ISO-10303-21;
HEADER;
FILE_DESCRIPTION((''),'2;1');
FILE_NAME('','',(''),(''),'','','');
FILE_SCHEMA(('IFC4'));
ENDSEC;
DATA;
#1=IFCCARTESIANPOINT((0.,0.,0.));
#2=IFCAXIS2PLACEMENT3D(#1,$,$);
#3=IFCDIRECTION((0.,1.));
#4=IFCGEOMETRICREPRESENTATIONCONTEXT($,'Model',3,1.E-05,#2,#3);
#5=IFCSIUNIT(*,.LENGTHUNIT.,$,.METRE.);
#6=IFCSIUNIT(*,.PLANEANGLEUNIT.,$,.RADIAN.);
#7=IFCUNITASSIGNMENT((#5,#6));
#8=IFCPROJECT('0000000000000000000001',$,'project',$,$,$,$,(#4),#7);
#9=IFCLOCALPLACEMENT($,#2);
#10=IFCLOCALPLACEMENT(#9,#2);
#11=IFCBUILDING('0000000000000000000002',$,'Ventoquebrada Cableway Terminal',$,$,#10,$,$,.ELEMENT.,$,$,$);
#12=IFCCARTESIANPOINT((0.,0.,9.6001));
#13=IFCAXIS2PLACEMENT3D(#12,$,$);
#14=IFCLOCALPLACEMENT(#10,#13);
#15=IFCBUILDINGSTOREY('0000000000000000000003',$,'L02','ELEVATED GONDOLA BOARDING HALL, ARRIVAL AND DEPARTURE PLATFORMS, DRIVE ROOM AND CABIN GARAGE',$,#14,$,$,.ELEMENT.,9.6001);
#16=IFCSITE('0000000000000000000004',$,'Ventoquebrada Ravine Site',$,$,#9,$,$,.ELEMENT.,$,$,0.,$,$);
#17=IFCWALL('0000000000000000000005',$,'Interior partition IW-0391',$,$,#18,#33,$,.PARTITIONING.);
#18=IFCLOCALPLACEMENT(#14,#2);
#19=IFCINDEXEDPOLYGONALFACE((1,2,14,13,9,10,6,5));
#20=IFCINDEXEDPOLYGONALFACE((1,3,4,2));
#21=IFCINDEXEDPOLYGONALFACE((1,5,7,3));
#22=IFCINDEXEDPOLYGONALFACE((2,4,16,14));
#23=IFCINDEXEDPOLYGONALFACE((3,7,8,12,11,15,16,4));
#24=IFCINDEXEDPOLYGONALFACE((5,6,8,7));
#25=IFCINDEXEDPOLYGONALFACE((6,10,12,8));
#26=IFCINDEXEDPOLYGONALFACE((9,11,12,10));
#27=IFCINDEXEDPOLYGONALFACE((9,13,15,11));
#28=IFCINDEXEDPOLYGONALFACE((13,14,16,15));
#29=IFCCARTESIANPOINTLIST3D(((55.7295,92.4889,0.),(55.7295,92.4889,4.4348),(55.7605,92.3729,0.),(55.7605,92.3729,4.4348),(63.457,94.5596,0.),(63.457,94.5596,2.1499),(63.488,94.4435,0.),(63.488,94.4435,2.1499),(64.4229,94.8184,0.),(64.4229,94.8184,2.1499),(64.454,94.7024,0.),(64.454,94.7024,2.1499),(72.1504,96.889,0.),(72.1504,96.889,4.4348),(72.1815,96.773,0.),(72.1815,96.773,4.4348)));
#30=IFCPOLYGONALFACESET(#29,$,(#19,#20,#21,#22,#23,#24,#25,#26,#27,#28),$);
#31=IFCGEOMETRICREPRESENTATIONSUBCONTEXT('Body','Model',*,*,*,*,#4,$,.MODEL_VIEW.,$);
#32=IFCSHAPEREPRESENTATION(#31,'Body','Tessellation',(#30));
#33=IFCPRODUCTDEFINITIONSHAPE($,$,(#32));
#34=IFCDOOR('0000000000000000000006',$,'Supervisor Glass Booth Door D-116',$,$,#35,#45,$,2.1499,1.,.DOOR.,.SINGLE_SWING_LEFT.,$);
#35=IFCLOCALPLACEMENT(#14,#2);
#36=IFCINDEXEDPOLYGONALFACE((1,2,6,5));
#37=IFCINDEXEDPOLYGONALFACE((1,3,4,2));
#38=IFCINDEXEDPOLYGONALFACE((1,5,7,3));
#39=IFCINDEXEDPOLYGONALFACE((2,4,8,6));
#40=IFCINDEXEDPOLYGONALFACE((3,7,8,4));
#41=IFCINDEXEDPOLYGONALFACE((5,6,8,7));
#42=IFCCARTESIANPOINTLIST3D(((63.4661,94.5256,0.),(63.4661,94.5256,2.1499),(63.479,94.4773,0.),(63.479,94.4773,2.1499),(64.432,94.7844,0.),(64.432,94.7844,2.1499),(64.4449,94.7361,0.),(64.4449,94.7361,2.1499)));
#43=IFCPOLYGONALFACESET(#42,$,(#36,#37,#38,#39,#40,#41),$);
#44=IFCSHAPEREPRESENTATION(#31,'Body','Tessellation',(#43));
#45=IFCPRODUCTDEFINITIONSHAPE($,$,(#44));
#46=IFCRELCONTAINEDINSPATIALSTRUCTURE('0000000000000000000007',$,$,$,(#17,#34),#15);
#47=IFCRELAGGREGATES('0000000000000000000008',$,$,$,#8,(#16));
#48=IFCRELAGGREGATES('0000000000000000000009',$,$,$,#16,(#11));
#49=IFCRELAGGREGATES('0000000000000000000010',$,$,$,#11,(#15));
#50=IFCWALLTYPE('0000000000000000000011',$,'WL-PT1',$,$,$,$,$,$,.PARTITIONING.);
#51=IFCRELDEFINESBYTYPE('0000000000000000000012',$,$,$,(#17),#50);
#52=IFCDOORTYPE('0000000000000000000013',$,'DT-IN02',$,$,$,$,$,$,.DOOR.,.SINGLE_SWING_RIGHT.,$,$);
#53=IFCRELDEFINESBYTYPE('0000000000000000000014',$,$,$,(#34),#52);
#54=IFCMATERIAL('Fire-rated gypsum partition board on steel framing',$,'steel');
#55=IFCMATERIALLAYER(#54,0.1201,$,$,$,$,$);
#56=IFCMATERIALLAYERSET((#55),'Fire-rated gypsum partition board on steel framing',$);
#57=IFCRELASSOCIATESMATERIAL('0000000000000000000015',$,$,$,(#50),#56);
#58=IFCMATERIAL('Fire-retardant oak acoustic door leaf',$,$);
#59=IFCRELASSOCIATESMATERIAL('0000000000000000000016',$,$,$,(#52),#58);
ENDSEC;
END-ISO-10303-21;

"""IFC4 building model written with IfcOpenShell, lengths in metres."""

from ifc_helpers import new_model, si_unit, direction, frame, frame_2d, origin, place, context, subcontext, project, spatial, rectangle, extrude, material, layer, layer_set, type_object, element, fill, save


model = new_model("IFC4")

# Units and contexts
model_context = context("Model", 3, precision=1e-05, world=origin(), true_north=direction((0.0, 1.0)))
body_context = subcontext(model_context, "Body", "Model", "MODEL_VIEW")
ifc_project = project(units=[si_unit("LENGTHUNIT", "METRE"), si_unit("PLANEANGLEUNIT", "RADIAN")], contexts=[model_context])

# Site, building, storey
site_placement = place(None, origin())
site = spatial("IfcSite", under=ifc_project, at=site_placement, Name="Ventoquebrada Ravine Site", CompositionType="ELEMENT", RefElevation=0.0)
building_placement = place(site_placement, origin())
building = spatial("IfcBuilding", under=site, at=building_placement, Name="Ventoquebrada Cableway Terminal", CompositionType="ELEMENT")
storey_placement = place(building_placement, frame((0.0, 0.0, 9.6001)))
storey = spatial("IfcBuildingStorey", under=building, at=storey_placement, Name="L02", Description="ELEVATED GONDOLA BOARDING HALL, ARRIVAL AND DEPARTURE PLATFORMS, DRIVE ROOM AND CABIN GARAGE", CompositionType="ELEMENT", Elevation=9.6001)

# Wall, opening, door
ifc_material_1 = material(Name="Fire-rated gypsum partition board on steel framing", Category="steel")
ifc_layer_1 = layer(ifc_material_1, 0.1201)
ifc_layer_set_1 = layer_set([ifc_layer_1], Name="Fire-rated gypsum partition board on steel framing")
wall_type = type_object("IfcWallType", Name="WL-PT1", PredefinedType="PARTITIONING", material=ifc_layer_set_1)
wall_placement = place(storey_placement, frame((55.7451, 92.4309, 0.0), z_axis=(0.0, 0.0, 1.0), x_axis=(0.965923, 0.258829, 0.0)))
wall = element("IfcWall", 1, at=wall_placement, inside=storey, type_object=wall_type, Name="Interior partition IW-0391", PredefinedType="PARTITIONING", context=body_context, shape_type="SweptSolid", body=[
    extrude(rectangle(XDim=17.0002, YDim=0.1201, at=frame_2d((8.5, 0.0))), origin(), (0.0, 0.0, 1.0), 4.4348),
])
opening_placement = place(wall_placement, frame((8.0, 0.0, 0.0)))
opening = element("IfcOpeningElement", 2, at=opening_placement, cuts=wall, PredefinedType="OPENING", context=body_context, shape_type="SweptSolid", body=[
    extrude(rectangle(XDim=1.0, YDim=2.1499, at=frame_2d((0.5, 1.075))), frame((0.0, 0.0701, 0.0), z_axis=(0.0, -1.0, 0.0), x_axis=(1.0, 0.0, 0.0)), (0.0, 0.0, 1.0), 0.1401),
])
ifc_material_2 = material(Name="Fire-retardant oak acoustic door leaf")
door_type = type_object("IfcDoorType", Name="DT-IN02", OperationType="SINGLE_SWING_RIGHT", PredefinedType="DOOR", material=ifc_material_2)
door_placement = place(opening_placement, origin())
door = element("IfcDoor", 3, at=door_placement, inside=storey, type_object=door_type, Name="Supervisor Glass Booth Door D-116", OperationType="SINGLE_SWING_LEFT", OverallHeight=2.1499, OverallWidth=1.0, PredefinedType="DOOR", context=body_context, shape_type="SweptSolid", body=[
    extrude(rectangle(XDim=1.0, YDim=2.1499, at=frame_2d((0.5, 1.075))), frame((0.0, 0.0249, 0.0), z_axis=(0.0, -1.0, 0.0), x_axis=(1.0, 0.0, 0.0)), (0.0, 0.0, 1.0), 0.05),
])
fill(opening, door)

save(model, "model.ifc")
